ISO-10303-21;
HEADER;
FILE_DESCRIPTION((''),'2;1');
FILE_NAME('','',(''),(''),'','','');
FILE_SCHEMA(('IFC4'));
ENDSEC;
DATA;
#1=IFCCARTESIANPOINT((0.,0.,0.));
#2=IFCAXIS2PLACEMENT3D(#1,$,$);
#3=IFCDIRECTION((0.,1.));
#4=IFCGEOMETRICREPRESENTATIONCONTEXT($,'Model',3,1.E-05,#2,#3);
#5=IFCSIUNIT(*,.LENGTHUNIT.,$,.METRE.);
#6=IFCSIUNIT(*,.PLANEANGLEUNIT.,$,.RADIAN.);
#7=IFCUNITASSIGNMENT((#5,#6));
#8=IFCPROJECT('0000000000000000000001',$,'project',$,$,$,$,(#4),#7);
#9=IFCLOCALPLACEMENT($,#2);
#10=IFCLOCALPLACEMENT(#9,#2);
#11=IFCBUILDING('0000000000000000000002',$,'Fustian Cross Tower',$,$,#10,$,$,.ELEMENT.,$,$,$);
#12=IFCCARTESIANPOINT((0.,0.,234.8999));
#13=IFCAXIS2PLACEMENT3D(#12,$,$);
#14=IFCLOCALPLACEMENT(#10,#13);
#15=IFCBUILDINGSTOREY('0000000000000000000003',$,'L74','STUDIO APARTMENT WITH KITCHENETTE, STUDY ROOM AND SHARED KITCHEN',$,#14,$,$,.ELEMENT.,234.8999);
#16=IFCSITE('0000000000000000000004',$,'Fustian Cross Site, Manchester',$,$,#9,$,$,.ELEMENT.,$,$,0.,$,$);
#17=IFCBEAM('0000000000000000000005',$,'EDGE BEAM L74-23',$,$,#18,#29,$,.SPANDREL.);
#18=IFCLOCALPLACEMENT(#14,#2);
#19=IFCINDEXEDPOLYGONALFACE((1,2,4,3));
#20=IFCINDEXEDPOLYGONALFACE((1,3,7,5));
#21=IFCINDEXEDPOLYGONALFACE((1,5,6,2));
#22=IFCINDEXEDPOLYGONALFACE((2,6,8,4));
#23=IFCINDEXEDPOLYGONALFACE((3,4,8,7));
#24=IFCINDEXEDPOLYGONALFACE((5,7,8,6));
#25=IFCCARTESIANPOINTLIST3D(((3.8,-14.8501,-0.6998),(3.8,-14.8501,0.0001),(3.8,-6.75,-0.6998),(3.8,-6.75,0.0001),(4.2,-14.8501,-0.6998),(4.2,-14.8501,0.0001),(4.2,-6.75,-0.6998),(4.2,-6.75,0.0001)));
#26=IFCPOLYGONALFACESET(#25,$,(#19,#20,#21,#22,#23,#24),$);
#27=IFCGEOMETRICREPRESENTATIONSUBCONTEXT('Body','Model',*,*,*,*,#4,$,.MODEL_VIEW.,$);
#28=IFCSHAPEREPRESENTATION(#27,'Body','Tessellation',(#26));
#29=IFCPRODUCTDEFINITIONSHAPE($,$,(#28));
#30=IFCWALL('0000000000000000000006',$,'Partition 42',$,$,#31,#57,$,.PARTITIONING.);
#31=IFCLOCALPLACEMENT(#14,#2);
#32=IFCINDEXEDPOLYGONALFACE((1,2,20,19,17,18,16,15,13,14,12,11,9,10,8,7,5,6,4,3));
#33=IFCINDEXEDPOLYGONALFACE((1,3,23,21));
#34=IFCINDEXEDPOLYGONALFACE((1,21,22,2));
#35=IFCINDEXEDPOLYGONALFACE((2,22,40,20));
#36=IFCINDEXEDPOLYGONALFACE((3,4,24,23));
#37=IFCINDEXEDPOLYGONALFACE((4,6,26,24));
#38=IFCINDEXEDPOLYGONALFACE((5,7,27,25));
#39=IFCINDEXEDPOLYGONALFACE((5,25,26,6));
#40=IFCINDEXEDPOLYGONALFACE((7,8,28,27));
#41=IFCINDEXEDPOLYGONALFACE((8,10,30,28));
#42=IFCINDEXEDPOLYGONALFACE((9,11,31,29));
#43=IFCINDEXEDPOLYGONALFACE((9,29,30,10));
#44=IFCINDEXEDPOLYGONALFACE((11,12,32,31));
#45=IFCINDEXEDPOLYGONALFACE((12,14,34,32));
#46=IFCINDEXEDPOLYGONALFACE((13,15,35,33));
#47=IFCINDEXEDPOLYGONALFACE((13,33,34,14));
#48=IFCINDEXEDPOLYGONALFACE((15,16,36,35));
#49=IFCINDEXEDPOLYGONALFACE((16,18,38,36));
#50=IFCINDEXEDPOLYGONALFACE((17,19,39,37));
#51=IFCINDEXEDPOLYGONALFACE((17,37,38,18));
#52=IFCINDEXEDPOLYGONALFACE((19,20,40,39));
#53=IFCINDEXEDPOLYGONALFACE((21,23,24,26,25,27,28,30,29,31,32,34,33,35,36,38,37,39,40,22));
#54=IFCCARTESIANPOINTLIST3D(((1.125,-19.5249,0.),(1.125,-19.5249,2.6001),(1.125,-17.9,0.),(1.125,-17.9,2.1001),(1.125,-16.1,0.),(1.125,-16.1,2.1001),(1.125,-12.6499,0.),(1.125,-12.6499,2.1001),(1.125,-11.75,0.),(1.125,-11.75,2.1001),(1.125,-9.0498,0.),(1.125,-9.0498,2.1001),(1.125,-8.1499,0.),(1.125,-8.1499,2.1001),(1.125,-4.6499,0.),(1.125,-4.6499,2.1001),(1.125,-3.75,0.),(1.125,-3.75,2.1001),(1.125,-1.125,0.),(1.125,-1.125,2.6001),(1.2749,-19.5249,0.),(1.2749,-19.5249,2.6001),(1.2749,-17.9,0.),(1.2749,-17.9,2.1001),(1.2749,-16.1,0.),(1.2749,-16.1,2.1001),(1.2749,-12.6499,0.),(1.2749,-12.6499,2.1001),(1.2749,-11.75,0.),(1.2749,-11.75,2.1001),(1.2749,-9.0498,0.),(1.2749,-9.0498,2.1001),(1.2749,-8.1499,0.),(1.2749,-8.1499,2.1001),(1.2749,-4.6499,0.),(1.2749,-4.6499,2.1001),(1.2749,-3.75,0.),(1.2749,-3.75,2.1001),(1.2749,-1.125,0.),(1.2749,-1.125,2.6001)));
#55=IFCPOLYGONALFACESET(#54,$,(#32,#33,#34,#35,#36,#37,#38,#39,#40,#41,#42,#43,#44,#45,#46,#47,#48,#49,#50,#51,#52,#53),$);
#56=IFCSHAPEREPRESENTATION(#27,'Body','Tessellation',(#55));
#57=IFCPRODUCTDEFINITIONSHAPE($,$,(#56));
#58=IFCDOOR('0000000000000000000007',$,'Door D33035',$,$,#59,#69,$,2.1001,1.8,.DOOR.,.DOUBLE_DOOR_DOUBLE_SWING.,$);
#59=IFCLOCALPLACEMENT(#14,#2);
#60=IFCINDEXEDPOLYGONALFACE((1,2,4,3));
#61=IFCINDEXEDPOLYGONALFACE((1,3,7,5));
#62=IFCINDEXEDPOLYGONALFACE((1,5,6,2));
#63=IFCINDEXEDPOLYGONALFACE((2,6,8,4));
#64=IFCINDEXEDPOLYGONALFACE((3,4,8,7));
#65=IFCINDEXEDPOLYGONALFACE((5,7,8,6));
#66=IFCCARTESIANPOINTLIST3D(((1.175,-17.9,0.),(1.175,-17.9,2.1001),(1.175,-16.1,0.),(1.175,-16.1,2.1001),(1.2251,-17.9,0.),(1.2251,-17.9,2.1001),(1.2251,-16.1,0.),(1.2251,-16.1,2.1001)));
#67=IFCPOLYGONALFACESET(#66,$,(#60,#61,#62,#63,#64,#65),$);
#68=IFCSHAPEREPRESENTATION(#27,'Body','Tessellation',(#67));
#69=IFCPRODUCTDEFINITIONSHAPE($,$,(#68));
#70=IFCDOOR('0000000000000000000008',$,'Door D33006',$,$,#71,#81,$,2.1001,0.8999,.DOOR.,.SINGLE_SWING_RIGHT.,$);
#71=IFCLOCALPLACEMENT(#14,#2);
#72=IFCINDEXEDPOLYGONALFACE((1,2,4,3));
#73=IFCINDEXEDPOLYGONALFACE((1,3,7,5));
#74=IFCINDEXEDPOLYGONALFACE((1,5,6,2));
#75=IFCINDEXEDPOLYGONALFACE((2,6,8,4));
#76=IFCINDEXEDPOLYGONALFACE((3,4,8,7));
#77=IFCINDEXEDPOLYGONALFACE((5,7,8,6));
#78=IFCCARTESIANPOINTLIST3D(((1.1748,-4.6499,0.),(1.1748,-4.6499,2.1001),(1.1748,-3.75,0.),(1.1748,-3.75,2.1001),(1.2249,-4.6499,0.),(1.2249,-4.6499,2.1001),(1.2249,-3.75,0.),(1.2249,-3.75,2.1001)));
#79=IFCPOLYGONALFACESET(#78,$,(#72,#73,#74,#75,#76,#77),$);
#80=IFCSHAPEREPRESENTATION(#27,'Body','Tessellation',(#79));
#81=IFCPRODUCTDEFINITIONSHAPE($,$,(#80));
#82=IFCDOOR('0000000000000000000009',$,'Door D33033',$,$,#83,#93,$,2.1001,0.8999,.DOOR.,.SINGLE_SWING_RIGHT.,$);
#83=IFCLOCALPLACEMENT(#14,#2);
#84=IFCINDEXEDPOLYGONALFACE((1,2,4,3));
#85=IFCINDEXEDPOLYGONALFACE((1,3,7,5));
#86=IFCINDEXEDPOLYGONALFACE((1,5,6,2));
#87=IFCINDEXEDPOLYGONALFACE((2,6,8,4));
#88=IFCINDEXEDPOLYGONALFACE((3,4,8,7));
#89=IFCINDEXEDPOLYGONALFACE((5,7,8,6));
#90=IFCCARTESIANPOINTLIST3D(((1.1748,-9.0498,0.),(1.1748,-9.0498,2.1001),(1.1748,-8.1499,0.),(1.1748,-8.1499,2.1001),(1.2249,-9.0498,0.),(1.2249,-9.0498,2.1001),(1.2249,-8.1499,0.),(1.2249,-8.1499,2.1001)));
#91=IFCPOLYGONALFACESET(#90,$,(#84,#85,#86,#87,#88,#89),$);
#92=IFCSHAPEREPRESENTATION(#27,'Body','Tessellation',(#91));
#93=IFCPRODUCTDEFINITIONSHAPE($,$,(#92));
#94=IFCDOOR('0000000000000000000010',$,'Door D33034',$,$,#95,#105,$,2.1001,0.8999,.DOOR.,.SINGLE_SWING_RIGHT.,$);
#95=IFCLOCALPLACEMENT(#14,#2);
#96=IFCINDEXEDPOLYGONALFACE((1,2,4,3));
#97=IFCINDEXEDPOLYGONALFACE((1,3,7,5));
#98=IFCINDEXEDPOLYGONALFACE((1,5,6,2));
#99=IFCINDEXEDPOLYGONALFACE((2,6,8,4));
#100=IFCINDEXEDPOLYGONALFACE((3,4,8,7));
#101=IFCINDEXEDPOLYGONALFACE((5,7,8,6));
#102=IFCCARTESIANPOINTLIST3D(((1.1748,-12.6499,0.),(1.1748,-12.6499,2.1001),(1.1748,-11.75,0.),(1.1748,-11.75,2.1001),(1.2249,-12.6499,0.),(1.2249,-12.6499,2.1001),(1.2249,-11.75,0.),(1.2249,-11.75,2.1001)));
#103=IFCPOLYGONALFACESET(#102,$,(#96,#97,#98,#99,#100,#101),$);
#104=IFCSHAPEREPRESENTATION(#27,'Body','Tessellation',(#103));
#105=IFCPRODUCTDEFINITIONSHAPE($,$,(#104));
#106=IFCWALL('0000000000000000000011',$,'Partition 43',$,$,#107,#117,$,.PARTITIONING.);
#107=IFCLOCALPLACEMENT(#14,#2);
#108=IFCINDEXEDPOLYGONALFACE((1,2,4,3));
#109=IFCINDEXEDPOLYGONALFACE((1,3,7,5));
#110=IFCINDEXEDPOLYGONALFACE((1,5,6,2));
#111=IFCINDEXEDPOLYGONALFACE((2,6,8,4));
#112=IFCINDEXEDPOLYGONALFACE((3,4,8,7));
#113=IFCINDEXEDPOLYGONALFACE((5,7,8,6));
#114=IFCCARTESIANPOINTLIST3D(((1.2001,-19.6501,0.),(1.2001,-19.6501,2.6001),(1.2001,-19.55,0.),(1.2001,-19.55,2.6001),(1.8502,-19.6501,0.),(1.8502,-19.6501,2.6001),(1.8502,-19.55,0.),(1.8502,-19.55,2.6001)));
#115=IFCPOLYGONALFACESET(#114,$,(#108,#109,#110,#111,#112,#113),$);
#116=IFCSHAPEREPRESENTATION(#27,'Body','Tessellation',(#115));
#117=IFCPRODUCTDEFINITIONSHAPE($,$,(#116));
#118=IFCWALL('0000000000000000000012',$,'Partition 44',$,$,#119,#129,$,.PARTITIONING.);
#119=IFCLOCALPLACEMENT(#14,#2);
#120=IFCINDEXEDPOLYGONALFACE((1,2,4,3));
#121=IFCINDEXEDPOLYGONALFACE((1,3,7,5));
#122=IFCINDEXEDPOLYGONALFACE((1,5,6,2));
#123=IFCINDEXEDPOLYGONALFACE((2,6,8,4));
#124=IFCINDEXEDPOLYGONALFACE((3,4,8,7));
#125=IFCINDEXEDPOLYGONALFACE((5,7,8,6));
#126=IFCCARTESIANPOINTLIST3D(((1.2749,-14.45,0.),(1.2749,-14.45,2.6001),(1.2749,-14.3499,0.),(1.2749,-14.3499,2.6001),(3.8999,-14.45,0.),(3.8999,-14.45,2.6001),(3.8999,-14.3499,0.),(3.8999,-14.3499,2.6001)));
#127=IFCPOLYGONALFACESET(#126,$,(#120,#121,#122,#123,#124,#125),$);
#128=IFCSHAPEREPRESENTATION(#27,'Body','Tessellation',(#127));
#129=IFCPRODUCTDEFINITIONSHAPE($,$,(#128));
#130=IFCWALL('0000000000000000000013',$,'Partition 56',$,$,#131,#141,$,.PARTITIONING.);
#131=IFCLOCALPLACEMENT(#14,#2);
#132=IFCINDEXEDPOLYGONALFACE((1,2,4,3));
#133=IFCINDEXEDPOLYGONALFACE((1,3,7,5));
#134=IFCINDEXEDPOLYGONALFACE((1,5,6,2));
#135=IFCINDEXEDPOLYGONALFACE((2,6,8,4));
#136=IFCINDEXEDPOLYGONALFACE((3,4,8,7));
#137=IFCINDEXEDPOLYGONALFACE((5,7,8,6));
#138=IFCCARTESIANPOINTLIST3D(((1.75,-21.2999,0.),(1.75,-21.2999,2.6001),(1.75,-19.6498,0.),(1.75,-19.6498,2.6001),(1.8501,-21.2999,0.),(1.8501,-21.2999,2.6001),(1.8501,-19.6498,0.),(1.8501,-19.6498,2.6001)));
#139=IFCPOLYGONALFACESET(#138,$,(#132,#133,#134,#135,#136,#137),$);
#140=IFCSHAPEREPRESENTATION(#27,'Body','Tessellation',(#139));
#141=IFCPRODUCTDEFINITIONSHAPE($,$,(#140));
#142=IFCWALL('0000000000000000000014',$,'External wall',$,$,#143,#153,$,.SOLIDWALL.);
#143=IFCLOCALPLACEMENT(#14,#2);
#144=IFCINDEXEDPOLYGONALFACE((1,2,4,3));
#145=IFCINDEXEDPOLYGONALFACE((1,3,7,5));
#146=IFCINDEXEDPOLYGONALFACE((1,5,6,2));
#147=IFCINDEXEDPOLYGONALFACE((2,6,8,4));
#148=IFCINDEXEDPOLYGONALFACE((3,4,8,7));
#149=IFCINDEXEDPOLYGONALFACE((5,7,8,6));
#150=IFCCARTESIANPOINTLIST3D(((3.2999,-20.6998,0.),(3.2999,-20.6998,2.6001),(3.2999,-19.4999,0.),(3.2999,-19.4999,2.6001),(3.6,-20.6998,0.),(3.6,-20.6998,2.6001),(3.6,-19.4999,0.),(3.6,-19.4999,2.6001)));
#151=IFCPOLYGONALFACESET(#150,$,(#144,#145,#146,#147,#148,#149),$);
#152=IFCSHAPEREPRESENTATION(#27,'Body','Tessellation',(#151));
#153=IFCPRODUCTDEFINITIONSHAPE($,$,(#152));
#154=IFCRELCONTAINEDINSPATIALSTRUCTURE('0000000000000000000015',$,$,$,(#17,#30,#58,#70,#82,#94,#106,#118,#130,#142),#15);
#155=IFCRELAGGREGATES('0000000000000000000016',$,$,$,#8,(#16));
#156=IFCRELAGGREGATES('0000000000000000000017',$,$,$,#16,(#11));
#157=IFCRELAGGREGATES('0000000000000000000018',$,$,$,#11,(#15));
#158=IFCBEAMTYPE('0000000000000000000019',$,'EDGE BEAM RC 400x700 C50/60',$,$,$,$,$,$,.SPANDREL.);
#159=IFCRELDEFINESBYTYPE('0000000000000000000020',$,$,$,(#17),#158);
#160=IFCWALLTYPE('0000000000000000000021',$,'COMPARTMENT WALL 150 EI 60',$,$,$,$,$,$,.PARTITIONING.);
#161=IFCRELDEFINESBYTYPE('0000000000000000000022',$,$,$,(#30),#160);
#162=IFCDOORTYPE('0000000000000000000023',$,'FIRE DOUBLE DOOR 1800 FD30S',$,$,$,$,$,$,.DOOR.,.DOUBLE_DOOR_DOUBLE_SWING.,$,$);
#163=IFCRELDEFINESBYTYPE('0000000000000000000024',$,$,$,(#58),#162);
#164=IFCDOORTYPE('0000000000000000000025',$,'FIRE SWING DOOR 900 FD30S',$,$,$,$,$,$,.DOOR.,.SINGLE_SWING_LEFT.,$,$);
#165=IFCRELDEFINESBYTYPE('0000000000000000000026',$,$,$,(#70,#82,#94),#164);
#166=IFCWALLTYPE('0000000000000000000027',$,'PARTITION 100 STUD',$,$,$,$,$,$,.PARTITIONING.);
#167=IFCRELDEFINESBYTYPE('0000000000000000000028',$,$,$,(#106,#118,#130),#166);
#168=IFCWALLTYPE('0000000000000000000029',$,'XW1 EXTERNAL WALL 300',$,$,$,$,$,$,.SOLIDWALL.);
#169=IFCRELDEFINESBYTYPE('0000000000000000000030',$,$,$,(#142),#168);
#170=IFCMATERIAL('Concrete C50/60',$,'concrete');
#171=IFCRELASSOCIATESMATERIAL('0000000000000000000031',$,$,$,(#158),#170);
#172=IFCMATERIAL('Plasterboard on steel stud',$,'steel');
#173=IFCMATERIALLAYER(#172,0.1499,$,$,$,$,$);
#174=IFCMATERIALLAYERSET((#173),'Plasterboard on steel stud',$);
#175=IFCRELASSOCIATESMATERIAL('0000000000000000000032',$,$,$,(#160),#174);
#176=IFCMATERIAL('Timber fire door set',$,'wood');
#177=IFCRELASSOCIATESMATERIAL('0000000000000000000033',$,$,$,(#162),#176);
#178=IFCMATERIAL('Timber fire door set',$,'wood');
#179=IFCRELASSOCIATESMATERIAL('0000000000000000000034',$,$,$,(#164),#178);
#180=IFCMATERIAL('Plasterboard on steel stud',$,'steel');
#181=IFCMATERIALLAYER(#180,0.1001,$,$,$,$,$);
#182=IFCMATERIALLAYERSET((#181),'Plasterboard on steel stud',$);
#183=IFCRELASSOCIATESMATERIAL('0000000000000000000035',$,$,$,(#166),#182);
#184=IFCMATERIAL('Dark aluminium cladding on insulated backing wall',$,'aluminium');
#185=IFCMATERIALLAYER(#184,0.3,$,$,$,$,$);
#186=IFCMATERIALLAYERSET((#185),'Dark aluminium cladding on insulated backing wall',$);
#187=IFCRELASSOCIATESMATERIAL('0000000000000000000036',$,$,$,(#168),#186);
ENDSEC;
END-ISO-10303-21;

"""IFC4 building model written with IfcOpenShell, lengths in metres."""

from ifc_helpers import new_model, si_unit, direction, frame, frame_2d, origin, origin_2d, place, context, subcontext, project, spatial, rectangle, extrude, material, layer, layer_set, material_profile, profile_set, type_object, element, fill, save


model = new_model("IFC4")

# Units and contexts
model_context = context("Model", 3, precision=1e-05, world=origin(), true_north=direction((0.0, 1.0)))
body_context = subcontext(model_context, "Body", "Model", "MODEL_VIEW")
ifc_project = project(units=[si_unit("LENGTHUNIT", "METRE"), si_unit("PLANEANGLEUNIT", "RADIAN")], contexts=[model_context])

# Site, building, storey
site_placement = place(None, origin())
site = spatial("IfcSite", under=ifc_project, at=site_placement, Name="Fustian Cross Site, Manchester", CompositionType="ELEMENT", RefElevation=0.0)
building_placement = place(site_placement, origin())
building = spatial("IfcBuilding", under=site, at=building_placement, Name="Fustian Cross Tower", CompositionType="ELEMENT")
storey_placement = place(building_placement, frame((0.0, 0.0, 234.8999)))
storey = spatial("IfcBuildingStorey", under=building, at=storey_placement, Name="L74", Description="STUDIO APARTMENT WITH KITCHENETTE, STUDY ROOM AND SHARED KITCHEN", CompositionType="ELEMENT", Elevation=234.8999)

# Beam
ifc_material_1 = material(Name="Concrete C50/60", Category="concrete")
ifc_material_profile_1 = material_profile(ifc_material_1, rectangle(XDim=0.3999, YDim=0.7, at=origin_2d()), Name="RC 400x700")
ifc_profile_set_1 = profile_set([ifc_material_profile_1], Name="Concrete C50/60")
beam_type = type_object("IfcBeamType", Name="EDGE BEAM RC 400x700 C50/60", PredefinedType="SPANDREL", material=ifc_profile_set_1)
beam_1_placement = place(storey_placement, frame((4.0, -14.8501, -0.3499), z_axis=(0.0, 1.0, 0.0), x_axis=(-1.0, 0.0, 0.0)))
element("IfcBeam", 1, at=beam_1_placement, inside=storey, type_object=beam_type, Name="EDGE BEAM L74-23", PredefinedType="SPANDREL", context=body_context, shape_type="SweptSolid", body=[
    extrude(rectangle(XDim=0.3999, YDim=0.7, at=origin_2d()), origin(), (0.0, 0.0, 1.0), 8.1001),
])

# Wall, openings, doors
ifc_material_2 = material(Name="Plasterboard on steel stud", Category="steel")
ifc_layer_1 = layer(ifc_material_2, 0.1499)
ifc_layer_set_1 = layer_set([ifc_layer_1], Name="Plasterboard on steel stud")
wall_type_1 = type_object("IfcWallType", Name="COMPARTMENT WALL 150 EI 60", PredefinedType="PARTITIONING", material=ifc_layer_set_1)
wall_1_placement = place(storey_placement, frame((1.2, -19.5249, 0.0), z_axis=(0.0, 0.0, 1.0), x_axis=(0.0, 1.0, 0.0)))
wall_1 = element("IfcWall", 2, at=wall_1_placement, inside=storey, type_object=wall_type_1, Name="Partition 42", PredefinedType="PARTITIONING", context=body_context, shape_type="SweptSolid", body=[
    extrude(rectangle(XDim=18.3999, YDim=0.1499, at=frame_2d((9.2, 0.0))), origin(), (0.0, 0.0, 1.0), 2.6001),
])
opening_1_placement = place(wall_1_placement, frame((14.875, 0.0, 0.0)))
opening_1 = element("IfcOpeningElement", 3, at=opening_1_placement, cuts=wall_1, PredefinedType="OPENING", context=body_context, shape_type="SweptSolid", body=[
    extrude(rectangle(XDim=0.8999, YDim=2.1001, at=frame_2d((0.45, 1.05))), frame((0.0, 0.085, 0.0), z_axis=(0.0, -1.0, 0.0), x_axis=(1.0, 0.0, 0.0)), (0.0, 0.0, 1.0), 0.1699),
])
opening_2_placement = place(wall_1_placement, frame((10.4751, 0.0, 0.0)))
opening_2 = element("IfcOpeningElement", 4, at=opening_2_placement, cuts=wall_1, PredefinedType="OPENING", context=body_context, shape_type="SweptSolid", body=[
    extrude(rectangle(XDim=0.8999, YDim=2.1001, at=frame_2d((0.45, 1.05))), frame((0.0, 0.085, 0.0), z_axis=(0.0, -1.0, 0.0), x_axis=(1.0, 0.0, 0.0)), (0.0, 0.0, 1.0), 0.1699),
])
opening_3_placement = place(wall_1_placement, frame((6.875, 0.0, 0.0)))
opening_3 = element("IfcOpeningElement", 5, at=opening_3_placement, cuts=wall_1, PredefinedType="OPENING", context=body_context, shape_type="SweptSolid", body=[
    extrude(rectangle(XDim=0.8999, YDim=2.1001, at=frame_2d((0.45, 1.05))), frame((0.0, 0.085, 0.0), z_axis=(0.0, -1.0, 0.0), x_axis=(1.0, 0.0, 0.0)), (0.0, 0.0, 1.0), 0.1699),
])
opening_4_placement = place(wall_1_placement, frame((1.625, 0.0, 0.0)))
opening_4 = element("IfcOpeningElement", 6, at=opening_4_placement, cuts=wall_1, PredefinedType="OPENING", context=body_context, shape_type="SweptSolid", body=[
    extrude(rectangle(XDim=1.8, YDim=2.1001, at=frame_2d((0.8999, 1.05))), frame((0.0, 0.085, 0.0), z_axis=(0.0, -1.0, 0.0), x_axis=(1.0, 0.0, 0.0)), (0.0, 0.0, 1.0), 0.1699),
])
ifc_material_3 = material(Name="Timber fire door set", Category="wood")
door_type_1 = type_object("IfcDoorType", Name="FIRE DOUBLE DOOR 1800 FD30S", OperationType="DOUBLE_DOOR_DOUBLE_SWING", PredefinedType="DOOR", material=ifc_material_3)
door_1_placement = place(opening_4_placement, origin())
door_1 = element("IfcDoor", 7, at=door_1_placement, inside=storey, type_object=door_type_1, Name="Door D33035", OperationType="DOUBLE_DOOR_DOUBLE_SWING", OverallHeight=2.1001, OverallWidth=1.8, PredefinedType="DOOR", context=body_context, shape_type="SweptSolid", body=[
    extrude(rectangle(XDim=1.8, YDim=2.1001, at=frame_2d((0.8999, 1.05))), frame((0.0, 0.0249, 0.0), z_axis=(0.0, -1.0, 0.0), x_axis=(1.0, 0.0, 0.0)), (0.0, 0.0, 1.0), 0.05),
])
fill(opening_4, door_1)
ifc_material_4 = material(Name="Timber fire door set", Category="wood")
door_type_2 = type_object("IfcDoorType", Name="FIRE SWING DOOR 900 FD30S", OperationType="SINGLE_SWING_LEFT", PredefinedType="DOOR", material=ifc_material_4)
door_2_placement = place(opening_1_placement, frame((0.8999, 0.0, 0.0), z_axis=(0.0, 0.0, 1.0), x_axis=(-1.0, 0.0, 0.0)))
door_2 = element("IfcDoor", 8, at=door_2_placement, inside=storey, type_object=door_type_2, Name="Door D33006", OperationType="SINGLE_SWING_RIGHT", OverallHeight=2.1001, OverallWidth=0.8999, PredefinedType="DOOR", context=body_context, shape_type="SweptSolid", body=[
    extrude(rectangle(XDim=0.8999, YDim=2.1001, at=frame_2d((0.45, 1.05))), frame((0.0, 0.0249, 0.0), z_axis=(0.0, -1.0, 0.0), x_axis=(1.0, 0.0, 0.0)), (0.0, 0.0, 1.0), 0.05),
])
fill(opening_1, door_2)
door_3_placement = place(opening_2_placement, frame((0.8999, 0.0, 0.0), z_axis=(0.0, 0.0, 1.0), x_axis=(-1.0, 0.0, 0.0)))
door_3 = element("IfcDoor", 9, at=door_3_placement, inside=storey, type_object=door_type_2, Name="Door D33033", OperationType="SINGLE_SWING_RIGHT", OverallHeight=2.1001, OverallWidth=0.8999, PredefinedType="DOOR", context=body_context, shape_type="SweptSolid", body=[
    extrude(rectangle(XDim=0.8999, YDim=2.1001, at=frame_2d((0.45, 1.05))), frame((0.0, 0.0249, 0.0), z_axis=(0.0, -1.0, 0.0), x_axis=(1.0, 0.0, 0.0)), (0.0, 0.0, 1.0), 0.05),
])
fill(opening_2, door_3)
door_4_placement = place(opening_3_placement, frame((0.8999, 0.0, 0.0), z_axis=(0.0, 0.0, 1.0), x_axis=(-1.0, 0.0, 0.0)))
door_4 = element("IfcDoor", 10, at=door_4_placement, inside=storey, type_object=door_type_2, Name="Door D33034", OperationType="SINGLE_SWING_RIGHT", OverallHeight=2.1001, OverallWidth=0.8999, PredefinedType="DOOR", context=body_context, shape_type="SweptSolid", body=[
    extrude(rectangle(XDim=0.8999, YDim=2.1001, at=frame_2d((0.45, 1.05))), frame((0.0, 0.0249, 0.0), z_axis=(0.0, -1.0, 0.0), x_axis=(1.0, 0.0, 0.0)), (0.0, 0.0, 1.0), 0.05),
])
fill(opening_3, door_4)

# Walls
ifc_material_5 = material(Name="Plasterboard on steel stud", Category="steel")
ifc_layer_2 = layer(ifc_material_5, 0.1001)
ifc_layer_set_2 = layer_set([ifc_layer_2], Name="Plasterboard on steel stud")
wall_type_2 = type_object("IfcWallType", Name="PARTITION 100 STUD", PredefinedType="PARTITIONING", material=ifc_layer_set_2)
wall_2_placement = place(storey_placement, frame((1.2, -19.6001, 0.0), z_axis=(0.0, 0.0, 1.0), x_axis=(1.0, 0.0, 0.0)))
element("IfcWall", 11, at=wall_2_placement, inside=storey, type_object=wall_type_2, Name="Partition 43", PredefinedType="PARTITIONING", context=body_context, shape_type="SweptSolid", body=[
    extrude(rectangle(XDim=0.6501, YDim=0.1001, at=frame_2d((0.3252, 0.0))), origin(), (0.0, 0.0, 1.0), 2.6001),
])
wall_3_placement = place(storey_placement, frame((1.2749, -14.3999, 0.0), z_axis=(0.0, 0.0, 1.0), x_axis=(1.0, 0.0, 0.0)))
element("IfcWall", 12, at=wall_3_placement, inside=storey, type_object=wall_type_2, Name="Partition 44", PredefinedType="PARTITIONING", context=body_context, shape_type="SweptSolid", body=[
    extrude(rectangle(XDim=2.625, YDim=0.1001, at=frame_2d((1.3125, 0.0))), origin(), (0.0, 0.0, 1.0), 2.6001),
])
wall_4_placement = place(storey_placement, frame((1.8, -21.3, 0.0), z_axis=(0.0, 0.0, 1.0), x_axis=(0.0, 1.0, 0.0)))
element("IfcWall", 13, at=wall_4_placement, inside=storey, type_object=wall_type_2, Name="Partition 56", PredefinedType="PARTITIONING", context=body_context, shape_type="SweptSolid", body=[
    extrude(rectangle(XDim=1.6501, YDim=0.1001, at=frame_2d((0.8252, 0.0))), origin(), (0.0, 0.0, 1.0), 2.6001),
])
ifc_material_6 = material(Name="Dark aluminium cladding on insulated backing wall", Category="aluminium")
ifc_layer_3 = layer(ifc_material_6, 0.3)
ifc_layer_set_3 = layer_set([ifc_layer_3], Name="Dark aluminium cladding on insulated backing wall")
wall_type_3 = type_object("IfcWallType", Name="XW1 EXTERNAL WALL 300", PredefinedType="SOLIDWALL", material=ifc_layer_set_3)
wall_5_placement = place(storey_placement, frame((3.45, -20.7, 0.0), z_axis=(0.0, 0.0, 1.0), x_axis=(0.0, 1.0, 0.0)))
element("IfcWall", 14, at=wall_5_placement, inside=storey, type_object=wall_type_3, Name="External wall", PredefinedType="SOLIDWALL", context=body_context, shape_type="SweptSolid", body=[
    extrude(rectangle(XDim=1.2, YDim=0.3, at=frame_2d((0.6001, 0.0))), origin(), (0.0, 0.0, 1.0), 2.6001),
])

save(model, "model.ifc")
